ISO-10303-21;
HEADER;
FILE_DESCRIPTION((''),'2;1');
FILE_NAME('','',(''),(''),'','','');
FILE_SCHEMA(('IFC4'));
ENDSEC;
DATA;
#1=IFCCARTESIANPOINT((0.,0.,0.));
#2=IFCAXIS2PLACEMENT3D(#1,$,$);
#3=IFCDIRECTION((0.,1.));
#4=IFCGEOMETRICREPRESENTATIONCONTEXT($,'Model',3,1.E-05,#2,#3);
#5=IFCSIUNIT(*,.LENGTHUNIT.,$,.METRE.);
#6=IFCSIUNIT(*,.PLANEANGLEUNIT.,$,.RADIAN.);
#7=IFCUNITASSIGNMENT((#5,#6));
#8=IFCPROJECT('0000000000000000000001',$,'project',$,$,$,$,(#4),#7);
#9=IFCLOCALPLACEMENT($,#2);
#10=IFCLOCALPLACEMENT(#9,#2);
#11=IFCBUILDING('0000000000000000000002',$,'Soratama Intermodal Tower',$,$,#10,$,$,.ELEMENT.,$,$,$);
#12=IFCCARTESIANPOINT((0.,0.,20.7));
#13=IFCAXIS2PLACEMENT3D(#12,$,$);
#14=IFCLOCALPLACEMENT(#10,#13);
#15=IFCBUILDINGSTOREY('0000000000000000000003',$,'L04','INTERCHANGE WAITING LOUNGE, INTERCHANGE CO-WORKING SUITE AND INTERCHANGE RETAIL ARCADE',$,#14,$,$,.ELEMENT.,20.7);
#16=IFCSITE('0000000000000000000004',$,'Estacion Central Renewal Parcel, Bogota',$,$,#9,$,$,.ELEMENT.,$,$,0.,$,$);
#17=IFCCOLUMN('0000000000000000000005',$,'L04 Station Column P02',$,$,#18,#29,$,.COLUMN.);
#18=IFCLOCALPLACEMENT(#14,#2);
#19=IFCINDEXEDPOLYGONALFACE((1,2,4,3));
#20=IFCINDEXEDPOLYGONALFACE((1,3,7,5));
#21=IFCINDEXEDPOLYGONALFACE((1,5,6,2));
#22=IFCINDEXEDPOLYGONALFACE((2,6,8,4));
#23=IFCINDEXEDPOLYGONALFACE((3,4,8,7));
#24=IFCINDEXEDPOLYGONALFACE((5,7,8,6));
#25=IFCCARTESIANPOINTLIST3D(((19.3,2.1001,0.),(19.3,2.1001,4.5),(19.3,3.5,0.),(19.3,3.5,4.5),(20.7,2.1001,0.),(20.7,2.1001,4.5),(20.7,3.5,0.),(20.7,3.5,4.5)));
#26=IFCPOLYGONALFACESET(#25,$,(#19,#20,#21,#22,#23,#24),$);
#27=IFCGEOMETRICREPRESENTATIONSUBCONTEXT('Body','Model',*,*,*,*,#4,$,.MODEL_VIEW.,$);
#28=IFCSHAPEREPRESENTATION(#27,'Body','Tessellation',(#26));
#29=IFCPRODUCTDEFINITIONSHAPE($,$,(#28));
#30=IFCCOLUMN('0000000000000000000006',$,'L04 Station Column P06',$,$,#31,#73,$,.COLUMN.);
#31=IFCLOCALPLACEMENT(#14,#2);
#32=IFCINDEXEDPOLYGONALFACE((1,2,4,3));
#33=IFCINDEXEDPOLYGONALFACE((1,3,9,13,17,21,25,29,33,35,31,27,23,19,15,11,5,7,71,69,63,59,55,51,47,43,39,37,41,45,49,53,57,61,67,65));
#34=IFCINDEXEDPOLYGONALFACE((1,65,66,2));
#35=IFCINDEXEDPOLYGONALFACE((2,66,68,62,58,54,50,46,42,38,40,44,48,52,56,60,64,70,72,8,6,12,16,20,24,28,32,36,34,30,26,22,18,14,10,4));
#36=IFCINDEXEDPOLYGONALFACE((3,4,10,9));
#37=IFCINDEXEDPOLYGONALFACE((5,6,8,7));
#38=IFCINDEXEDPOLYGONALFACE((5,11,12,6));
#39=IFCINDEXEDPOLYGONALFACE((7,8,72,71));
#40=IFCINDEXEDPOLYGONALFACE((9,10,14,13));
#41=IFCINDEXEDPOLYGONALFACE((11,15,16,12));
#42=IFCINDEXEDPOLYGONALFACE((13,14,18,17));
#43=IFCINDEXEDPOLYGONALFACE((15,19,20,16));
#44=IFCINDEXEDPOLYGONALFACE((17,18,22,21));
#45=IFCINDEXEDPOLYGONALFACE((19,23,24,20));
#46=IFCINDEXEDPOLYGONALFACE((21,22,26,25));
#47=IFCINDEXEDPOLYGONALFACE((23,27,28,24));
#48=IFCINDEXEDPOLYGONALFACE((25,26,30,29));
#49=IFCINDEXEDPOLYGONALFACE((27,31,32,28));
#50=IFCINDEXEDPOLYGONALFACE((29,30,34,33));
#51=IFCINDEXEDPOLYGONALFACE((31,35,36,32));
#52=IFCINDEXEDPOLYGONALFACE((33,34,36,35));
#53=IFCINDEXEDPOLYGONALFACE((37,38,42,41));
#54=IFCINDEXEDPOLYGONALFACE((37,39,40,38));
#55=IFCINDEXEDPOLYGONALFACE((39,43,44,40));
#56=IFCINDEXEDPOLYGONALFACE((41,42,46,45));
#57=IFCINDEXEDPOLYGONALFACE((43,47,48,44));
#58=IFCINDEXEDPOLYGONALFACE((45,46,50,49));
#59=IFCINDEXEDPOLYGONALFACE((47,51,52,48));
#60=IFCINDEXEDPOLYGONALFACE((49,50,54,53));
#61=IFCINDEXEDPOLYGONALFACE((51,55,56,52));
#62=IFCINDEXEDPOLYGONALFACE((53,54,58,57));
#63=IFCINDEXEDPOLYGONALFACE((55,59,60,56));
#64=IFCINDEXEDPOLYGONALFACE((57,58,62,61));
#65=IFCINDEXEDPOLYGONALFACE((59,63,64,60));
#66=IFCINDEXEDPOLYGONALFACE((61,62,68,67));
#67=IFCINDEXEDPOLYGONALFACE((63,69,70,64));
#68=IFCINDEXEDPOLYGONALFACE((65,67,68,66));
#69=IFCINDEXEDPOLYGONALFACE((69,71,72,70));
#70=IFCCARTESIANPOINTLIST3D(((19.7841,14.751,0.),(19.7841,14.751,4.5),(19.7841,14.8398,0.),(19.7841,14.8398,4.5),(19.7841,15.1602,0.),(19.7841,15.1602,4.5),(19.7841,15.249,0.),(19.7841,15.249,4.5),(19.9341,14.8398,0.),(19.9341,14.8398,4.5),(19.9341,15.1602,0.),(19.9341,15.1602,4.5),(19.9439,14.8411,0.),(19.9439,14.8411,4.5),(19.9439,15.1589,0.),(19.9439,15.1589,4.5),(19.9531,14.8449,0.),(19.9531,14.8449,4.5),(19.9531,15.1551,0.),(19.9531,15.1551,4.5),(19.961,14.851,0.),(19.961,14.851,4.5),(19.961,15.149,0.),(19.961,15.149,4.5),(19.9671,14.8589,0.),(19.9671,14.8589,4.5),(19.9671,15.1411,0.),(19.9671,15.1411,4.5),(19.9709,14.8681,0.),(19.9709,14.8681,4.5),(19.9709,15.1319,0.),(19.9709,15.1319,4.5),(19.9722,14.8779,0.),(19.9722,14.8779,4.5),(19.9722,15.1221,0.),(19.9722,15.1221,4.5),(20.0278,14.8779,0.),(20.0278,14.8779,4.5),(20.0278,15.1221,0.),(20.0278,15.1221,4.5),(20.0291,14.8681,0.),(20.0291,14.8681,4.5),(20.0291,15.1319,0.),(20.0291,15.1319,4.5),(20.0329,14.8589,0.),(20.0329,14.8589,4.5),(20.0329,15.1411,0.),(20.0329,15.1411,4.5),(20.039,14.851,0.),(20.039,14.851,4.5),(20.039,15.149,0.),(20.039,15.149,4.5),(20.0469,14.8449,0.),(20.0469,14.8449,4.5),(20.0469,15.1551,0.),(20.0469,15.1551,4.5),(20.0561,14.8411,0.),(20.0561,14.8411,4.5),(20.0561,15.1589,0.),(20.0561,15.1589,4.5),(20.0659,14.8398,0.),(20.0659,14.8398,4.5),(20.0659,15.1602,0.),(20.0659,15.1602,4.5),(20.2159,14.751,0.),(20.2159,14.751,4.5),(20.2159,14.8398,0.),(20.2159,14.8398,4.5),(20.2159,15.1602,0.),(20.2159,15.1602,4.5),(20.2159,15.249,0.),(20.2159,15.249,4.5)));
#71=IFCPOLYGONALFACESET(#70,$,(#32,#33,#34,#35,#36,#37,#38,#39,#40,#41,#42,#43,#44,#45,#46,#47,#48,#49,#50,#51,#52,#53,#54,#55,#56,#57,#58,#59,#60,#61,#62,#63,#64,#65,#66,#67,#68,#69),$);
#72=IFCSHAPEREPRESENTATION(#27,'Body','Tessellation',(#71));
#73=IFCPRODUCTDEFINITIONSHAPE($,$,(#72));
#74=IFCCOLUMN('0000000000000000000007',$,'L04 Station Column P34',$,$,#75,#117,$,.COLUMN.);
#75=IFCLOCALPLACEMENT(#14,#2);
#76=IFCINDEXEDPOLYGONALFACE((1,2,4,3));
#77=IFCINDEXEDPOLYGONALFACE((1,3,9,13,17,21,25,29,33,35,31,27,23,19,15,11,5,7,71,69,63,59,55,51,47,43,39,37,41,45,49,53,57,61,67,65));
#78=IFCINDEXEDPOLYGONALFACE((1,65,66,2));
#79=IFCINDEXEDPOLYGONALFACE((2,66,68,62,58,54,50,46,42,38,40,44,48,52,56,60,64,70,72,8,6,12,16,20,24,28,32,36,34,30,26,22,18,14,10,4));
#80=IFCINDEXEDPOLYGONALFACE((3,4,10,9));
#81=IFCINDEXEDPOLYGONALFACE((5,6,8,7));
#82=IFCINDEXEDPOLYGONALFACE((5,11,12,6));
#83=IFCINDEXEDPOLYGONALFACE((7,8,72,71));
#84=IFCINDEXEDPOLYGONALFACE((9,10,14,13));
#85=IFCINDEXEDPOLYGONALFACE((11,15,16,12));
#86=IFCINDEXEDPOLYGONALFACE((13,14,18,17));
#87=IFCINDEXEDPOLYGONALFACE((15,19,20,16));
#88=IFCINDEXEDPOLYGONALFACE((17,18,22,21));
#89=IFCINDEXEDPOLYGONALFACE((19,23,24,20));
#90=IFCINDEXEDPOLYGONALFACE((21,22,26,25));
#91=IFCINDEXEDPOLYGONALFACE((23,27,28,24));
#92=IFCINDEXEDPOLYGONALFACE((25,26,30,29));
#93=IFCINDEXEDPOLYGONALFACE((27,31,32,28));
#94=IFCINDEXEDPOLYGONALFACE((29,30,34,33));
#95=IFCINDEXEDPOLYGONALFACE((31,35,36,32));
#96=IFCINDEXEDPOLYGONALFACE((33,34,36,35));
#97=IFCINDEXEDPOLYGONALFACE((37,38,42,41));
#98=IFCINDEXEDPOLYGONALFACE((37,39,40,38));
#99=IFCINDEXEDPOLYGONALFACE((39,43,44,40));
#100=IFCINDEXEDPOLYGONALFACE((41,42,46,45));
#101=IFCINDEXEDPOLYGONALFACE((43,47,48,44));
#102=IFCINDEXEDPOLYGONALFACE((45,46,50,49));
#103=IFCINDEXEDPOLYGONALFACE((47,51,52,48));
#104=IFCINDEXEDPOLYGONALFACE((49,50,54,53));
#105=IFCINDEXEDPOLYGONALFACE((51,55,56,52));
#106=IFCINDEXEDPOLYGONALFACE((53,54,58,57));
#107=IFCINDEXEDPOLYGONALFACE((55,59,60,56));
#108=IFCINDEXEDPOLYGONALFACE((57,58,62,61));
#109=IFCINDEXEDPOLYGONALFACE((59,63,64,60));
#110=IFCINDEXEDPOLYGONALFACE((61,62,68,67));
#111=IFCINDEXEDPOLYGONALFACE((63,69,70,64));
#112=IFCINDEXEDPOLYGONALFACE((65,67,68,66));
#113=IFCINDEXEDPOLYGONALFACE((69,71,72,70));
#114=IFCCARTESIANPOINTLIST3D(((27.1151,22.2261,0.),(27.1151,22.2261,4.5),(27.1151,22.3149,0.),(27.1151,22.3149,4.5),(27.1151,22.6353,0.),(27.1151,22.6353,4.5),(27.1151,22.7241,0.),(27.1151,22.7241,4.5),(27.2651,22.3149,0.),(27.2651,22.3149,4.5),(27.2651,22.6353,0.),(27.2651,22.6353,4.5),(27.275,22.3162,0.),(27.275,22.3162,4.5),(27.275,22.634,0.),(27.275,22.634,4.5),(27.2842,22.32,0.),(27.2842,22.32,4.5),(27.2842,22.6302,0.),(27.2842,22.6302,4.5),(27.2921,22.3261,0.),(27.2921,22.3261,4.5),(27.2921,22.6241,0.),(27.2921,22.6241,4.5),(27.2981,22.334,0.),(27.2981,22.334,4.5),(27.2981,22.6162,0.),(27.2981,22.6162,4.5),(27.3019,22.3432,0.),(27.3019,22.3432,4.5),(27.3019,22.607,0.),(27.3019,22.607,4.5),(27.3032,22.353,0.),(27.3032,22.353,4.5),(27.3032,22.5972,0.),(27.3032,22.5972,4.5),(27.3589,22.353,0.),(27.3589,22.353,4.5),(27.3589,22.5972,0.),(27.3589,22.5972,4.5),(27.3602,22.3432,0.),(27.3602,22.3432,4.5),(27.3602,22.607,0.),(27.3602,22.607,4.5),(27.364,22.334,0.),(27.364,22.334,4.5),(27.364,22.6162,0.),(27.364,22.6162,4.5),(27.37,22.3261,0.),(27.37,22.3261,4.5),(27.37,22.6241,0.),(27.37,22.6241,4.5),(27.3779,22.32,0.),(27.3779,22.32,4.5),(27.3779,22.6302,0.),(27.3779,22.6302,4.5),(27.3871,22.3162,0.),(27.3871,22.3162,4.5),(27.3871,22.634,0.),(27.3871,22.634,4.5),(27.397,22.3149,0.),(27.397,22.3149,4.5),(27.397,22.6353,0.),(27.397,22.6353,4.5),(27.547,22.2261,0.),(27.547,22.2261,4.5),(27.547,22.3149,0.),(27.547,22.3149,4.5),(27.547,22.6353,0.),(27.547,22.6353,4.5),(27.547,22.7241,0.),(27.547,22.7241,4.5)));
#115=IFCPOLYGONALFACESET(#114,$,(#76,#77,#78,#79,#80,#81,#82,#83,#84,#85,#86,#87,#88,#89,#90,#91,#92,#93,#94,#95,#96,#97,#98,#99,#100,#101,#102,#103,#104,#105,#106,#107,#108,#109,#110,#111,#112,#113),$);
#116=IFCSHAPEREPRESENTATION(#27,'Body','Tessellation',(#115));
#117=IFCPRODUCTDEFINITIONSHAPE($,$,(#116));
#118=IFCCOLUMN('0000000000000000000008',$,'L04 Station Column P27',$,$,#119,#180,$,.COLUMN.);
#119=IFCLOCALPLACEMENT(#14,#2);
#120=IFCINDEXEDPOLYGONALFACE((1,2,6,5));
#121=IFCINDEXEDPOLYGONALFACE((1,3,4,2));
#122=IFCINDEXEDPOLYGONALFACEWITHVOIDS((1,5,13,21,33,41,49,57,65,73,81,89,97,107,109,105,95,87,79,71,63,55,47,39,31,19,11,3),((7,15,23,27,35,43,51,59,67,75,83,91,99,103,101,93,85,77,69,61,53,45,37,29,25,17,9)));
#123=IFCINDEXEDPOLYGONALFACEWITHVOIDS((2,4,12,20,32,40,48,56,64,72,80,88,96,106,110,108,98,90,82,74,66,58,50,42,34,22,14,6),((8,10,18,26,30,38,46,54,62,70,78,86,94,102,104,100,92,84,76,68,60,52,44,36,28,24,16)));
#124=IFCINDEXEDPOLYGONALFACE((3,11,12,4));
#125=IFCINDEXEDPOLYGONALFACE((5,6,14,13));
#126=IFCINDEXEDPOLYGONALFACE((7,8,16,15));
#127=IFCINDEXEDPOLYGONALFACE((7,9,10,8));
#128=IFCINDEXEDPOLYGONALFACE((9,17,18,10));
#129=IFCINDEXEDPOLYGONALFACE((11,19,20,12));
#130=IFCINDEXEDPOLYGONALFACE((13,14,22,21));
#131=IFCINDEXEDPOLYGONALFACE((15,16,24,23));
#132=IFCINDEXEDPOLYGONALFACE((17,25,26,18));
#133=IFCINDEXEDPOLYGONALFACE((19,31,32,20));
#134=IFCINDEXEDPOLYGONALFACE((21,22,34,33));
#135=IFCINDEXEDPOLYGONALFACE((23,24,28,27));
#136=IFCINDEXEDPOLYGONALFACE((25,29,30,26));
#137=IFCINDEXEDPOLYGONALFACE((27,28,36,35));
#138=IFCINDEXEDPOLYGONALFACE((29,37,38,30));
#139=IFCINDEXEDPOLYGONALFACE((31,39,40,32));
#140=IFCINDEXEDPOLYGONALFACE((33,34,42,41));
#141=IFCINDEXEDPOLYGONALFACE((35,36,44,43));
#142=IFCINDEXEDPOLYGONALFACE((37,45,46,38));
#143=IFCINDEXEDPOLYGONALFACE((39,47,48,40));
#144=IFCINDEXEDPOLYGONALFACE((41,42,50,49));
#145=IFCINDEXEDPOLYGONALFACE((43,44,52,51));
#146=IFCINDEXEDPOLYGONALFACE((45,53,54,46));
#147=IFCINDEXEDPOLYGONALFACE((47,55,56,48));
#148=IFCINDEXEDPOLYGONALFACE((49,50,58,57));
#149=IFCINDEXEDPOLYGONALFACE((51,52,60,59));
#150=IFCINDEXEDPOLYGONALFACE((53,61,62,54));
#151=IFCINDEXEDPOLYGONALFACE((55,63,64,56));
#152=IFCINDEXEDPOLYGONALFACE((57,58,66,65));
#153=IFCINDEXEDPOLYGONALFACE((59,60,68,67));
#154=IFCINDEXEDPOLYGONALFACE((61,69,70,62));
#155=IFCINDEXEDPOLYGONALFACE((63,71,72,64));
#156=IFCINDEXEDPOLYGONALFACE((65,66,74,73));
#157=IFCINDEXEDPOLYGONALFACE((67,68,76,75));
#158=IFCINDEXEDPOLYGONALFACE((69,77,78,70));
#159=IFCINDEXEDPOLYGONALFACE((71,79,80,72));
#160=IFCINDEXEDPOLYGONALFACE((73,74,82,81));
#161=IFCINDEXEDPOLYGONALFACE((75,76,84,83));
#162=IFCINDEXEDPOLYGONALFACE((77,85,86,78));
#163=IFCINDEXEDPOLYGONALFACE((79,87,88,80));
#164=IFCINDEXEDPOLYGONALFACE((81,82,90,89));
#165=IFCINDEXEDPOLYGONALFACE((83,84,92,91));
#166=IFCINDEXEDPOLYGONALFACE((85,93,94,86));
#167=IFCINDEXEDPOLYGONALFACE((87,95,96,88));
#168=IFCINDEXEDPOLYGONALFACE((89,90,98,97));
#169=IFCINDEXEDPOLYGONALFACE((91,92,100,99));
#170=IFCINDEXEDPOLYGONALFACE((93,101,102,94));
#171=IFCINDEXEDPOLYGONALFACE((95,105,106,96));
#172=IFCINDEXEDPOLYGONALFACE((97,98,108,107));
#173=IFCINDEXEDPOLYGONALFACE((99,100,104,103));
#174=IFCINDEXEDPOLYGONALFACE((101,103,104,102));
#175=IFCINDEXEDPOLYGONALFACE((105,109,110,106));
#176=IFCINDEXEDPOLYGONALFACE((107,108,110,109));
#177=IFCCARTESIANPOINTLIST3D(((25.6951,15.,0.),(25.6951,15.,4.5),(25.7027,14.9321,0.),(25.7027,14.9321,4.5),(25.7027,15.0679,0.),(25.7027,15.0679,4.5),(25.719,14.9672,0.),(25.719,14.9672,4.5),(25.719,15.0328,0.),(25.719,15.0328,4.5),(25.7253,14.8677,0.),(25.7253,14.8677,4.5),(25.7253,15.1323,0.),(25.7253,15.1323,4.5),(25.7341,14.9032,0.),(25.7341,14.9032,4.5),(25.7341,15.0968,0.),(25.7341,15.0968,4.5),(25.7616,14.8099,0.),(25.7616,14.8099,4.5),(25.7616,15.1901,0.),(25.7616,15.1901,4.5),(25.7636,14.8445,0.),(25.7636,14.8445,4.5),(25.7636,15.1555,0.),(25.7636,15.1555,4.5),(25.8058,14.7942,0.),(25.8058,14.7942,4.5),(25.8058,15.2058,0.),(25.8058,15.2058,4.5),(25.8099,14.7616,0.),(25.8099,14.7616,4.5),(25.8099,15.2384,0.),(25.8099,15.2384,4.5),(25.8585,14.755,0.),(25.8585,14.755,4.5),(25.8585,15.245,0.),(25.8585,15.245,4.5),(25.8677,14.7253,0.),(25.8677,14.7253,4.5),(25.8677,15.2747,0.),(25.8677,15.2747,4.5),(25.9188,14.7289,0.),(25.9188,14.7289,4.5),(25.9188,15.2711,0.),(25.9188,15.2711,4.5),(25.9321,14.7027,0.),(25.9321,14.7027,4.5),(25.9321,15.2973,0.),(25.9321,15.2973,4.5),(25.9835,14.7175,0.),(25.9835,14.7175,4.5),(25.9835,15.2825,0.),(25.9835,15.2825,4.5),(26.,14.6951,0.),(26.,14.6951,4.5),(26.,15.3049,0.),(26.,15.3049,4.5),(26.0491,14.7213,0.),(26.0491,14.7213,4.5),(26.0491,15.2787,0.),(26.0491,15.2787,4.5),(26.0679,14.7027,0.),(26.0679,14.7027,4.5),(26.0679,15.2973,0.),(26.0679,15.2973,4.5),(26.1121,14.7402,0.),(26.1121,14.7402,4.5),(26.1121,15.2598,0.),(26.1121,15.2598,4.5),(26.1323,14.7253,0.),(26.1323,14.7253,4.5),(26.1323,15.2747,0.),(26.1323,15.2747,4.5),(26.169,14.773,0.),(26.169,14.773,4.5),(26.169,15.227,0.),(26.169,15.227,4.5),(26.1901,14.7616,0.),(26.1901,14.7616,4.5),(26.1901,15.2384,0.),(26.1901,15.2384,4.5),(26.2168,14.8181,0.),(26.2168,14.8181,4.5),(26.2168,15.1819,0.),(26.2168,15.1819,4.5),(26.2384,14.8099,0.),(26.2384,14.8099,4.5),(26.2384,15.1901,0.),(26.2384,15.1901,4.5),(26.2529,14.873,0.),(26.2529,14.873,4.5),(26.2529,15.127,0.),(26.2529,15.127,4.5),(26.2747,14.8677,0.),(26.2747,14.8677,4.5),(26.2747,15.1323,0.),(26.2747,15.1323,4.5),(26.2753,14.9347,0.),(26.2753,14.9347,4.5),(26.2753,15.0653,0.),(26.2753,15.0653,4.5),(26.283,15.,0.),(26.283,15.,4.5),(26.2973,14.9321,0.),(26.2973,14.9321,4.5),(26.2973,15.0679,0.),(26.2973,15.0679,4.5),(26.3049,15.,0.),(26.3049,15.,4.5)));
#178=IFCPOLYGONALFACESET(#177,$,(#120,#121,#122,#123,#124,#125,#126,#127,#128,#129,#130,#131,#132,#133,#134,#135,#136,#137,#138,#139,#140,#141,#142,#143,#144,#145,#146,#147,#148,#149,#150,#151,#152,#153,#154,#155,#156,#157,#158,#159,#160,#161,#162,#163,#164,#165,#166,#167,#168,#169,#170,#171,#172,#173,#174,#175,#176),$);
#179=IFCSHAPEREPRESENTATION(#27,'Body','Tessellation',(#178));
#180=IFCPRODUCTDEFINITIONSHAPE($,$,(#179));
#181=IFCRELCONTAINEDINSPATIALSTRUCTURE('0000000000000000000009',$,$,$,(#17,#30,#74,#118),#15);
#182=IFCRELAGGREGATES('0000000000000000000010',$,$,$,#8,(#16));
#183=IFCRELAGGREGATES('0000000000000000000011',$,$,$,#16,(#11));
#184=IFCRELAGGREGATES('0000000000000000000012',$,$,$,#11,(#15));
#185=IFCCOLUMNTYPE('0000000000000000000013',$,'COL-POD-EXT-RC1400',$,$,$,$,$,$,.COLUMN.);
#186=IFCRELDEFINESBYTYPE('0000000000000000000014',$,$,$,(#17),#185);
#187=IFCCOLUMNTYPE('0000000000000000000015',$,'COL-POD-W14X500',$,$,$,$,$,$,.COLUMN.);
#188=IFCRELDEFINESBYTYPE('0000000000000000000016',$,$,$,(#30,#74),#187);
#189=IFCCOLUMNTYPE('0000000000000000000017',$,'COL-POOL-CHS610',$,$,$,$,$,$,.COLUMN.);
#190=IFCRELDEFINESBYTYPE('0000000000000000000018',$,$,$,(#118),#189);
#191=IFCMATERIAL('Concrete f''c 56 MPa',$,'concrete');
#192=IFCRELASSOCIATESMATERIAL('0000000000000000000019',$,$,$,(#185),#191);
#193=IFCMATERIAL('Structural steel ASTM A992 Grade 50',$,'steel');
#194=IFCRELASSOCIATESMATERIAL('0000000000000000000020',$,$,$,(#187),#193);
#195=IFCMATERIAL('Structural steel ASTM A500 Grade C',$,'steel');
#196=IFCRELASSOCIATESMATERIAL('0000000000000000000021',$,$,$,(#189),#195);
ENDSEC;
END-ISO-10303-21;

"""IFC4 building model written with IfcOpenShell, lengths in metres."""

from ifc_helpers import new_model, si_unit, direction, frame, origin, origin_2d, place, context, subcontext, project, spatial, rectangle, hollow_circle, i_section, extrude, material, material_profile, profile_set, type_object, element, save


model = new_model("IFC4")

# Units and contexts
model_context = context("Model", 3, precision=1e-05, world=origin(), true_north=direction((0.0, 1.0)))
body_context = subcontext(model_context, "Body", "Model", "MODEL_VIEW")
ifc_project = project(units=[si_unit("LENGTHUNIT", "METRE"), si_unit("PLANEANGLEUNIT", "RADIAN")], contexts=[model_context])

# Site, building, storey
site_placement = place(None, origin())
site = spatial("IfcSite", under=ifc_project, at=site_placement, Name="Estacion Central Renewal Parcel, Bogota", CompositionType="ELEMENT", RefElevation=0.0)
building_placement = place(site_placement, origin())
building = spatial("IfcBuilding", under=site, at=building_placement, Name="Soratama Intermodal Tower", CompositionType="ELEMENT")
storey_placement = place(building_placement, frame((0.0, 0.0, 20.7)))
storey = spatial("IfcBuildingStorey", under=building, at=storey_placement, Name="L04", Description="INTERCHANGE WAITING LOUNGE, INTERCHANGE CO-WORKING SUITE AND INTERCHANGE RETAIL ARCADE", CompositionType="ELEMENT", Elevation=20.7)

# Columns
ifc_material_1 = material(Name="Concrete f'c 56 MPa", Category="concrete")
ifc_material_profile_1 = material_profile(ifc_material_1, rectangle(XDim=1.3999, YDim=1.3999, at=origin_2d()), Name="RC1400X1400")
ifc_profile_set_1 = profile_set([ifc_material_profile_1], Name="Concrete f'c 56 MPa")
column_type_1 = type_object("IfcColumnType", Name="COL-POD-EXT-RC1400", PredefinedType="COLUMN", material=ifc_profile_set_1)
column_1_placement = place(storey_placement, frame((20.0, 2.8, 0.0), z_axis=(0.0, 0.0, 1.0), x_axis=(1.0, 0.0, 0.0)))
element("IfcColumn", 1, at=column_1_placement, inside=storey, type_object=column_type_1, Name="L04 Station Column P02", PredefinedType="COLUMN", context=body_context, shape_type="SweptSolid", body=[
    extrude(rectangle(XDim=1.3999, YDim=1.3999, at=origin_2d()), origin(), (0.0, 0.0, 1.0), 4.5),
])
ifc_material_2 = material(Name="Structural steel ASTM A992 Grade 50", Category="steel")
ifc_material_profile_2 = material_profile(ifc_material_2, i_section(OverallWidth=0.4319, OverallDepth=0.498, WebThickness=0.0557, FlangeThickness=0.0889, FilletRadius=0.0381, at=origin_2d()), Name="W14X500")
ifc_profile_set_2 = profile_set([ifc_material_profile_2], Name="Structural steel ASTM A992 Grade 50")
column_type_2 = type_object("IfcColumnType", Name="COL-POD-W14X500", PredefinedType="COLUMN", material=ifc_profile_set_2)
for number, where, z_axis, x_axis, name in (
    (2, (20.0, 15.0, 0.0), (0.0, 0.0, 1.0), (1.0, 0.0, 0.0), "L04 Station Column P06"),
    (3, (27.3311, 22.4751, 0.0), (0.0, 0.0, 1.0), (1.0, 0.0, 0.0), "L04 Station Column P34"),
):
    element("IfcColumn", number, at=place(storey_placement, frame(where, z_axis=z_axis, x_axis=x_axis)), inside=storey, type_object=column_type_2, Name=name, PredefinedType="COLUMN", context=body_context, shape_type="SweptSolid", body=[
        extrude(i_section(OverallWidth=0.4319, OverallDepth=0.498, WebThickness=0.0557, FlangeThickness=0.0889, FilletRadius=0.0381, at=origin_2d()), origin(), (0.0, 0.0, 1.0), 4.5),
    ])
ifc_material_3 = material(Name="Structural steel ASTM A500 Grade C", Category="steel")
ifc_material_profile_3 = material_profile(ifc_material_3, hollow_circle(Radius=0.3049, WallThickness=0.022, at=origin_2d()), Name="CHS610X22")
ifc_profile_set_3 = profile_set([ifc_material_profile_3], Name="Structural steel ASTM A500 Grade C")
column_type_3 = type_object("IfcColumnType", Name="COL-POOL-CHS610", PredefinedType="COLUMN", material=ifc_profile_set_3)
column_2_placement = place(storey_placement, frame((26.0, 15.0, 0.0), z_axis=(0.0, 0.0, 1.0), x_axis=(1.0, 0.0, 0.0)))
element("IfcColumn", 4, at=column_2_placement, inside=storey, type_object=column_type_3, Name="L04 Station Column P27", PredefinedType="COLUMN", context=body_context, shape_type="SweptSolid", body=[
    extrude(hollow_circle(Radius=0.3049, WallThickness=0.022, at=origin_2d()), origin(), (0.0, 0.0, 1.0), 4.5),
])

save(model, "model.ifc")
